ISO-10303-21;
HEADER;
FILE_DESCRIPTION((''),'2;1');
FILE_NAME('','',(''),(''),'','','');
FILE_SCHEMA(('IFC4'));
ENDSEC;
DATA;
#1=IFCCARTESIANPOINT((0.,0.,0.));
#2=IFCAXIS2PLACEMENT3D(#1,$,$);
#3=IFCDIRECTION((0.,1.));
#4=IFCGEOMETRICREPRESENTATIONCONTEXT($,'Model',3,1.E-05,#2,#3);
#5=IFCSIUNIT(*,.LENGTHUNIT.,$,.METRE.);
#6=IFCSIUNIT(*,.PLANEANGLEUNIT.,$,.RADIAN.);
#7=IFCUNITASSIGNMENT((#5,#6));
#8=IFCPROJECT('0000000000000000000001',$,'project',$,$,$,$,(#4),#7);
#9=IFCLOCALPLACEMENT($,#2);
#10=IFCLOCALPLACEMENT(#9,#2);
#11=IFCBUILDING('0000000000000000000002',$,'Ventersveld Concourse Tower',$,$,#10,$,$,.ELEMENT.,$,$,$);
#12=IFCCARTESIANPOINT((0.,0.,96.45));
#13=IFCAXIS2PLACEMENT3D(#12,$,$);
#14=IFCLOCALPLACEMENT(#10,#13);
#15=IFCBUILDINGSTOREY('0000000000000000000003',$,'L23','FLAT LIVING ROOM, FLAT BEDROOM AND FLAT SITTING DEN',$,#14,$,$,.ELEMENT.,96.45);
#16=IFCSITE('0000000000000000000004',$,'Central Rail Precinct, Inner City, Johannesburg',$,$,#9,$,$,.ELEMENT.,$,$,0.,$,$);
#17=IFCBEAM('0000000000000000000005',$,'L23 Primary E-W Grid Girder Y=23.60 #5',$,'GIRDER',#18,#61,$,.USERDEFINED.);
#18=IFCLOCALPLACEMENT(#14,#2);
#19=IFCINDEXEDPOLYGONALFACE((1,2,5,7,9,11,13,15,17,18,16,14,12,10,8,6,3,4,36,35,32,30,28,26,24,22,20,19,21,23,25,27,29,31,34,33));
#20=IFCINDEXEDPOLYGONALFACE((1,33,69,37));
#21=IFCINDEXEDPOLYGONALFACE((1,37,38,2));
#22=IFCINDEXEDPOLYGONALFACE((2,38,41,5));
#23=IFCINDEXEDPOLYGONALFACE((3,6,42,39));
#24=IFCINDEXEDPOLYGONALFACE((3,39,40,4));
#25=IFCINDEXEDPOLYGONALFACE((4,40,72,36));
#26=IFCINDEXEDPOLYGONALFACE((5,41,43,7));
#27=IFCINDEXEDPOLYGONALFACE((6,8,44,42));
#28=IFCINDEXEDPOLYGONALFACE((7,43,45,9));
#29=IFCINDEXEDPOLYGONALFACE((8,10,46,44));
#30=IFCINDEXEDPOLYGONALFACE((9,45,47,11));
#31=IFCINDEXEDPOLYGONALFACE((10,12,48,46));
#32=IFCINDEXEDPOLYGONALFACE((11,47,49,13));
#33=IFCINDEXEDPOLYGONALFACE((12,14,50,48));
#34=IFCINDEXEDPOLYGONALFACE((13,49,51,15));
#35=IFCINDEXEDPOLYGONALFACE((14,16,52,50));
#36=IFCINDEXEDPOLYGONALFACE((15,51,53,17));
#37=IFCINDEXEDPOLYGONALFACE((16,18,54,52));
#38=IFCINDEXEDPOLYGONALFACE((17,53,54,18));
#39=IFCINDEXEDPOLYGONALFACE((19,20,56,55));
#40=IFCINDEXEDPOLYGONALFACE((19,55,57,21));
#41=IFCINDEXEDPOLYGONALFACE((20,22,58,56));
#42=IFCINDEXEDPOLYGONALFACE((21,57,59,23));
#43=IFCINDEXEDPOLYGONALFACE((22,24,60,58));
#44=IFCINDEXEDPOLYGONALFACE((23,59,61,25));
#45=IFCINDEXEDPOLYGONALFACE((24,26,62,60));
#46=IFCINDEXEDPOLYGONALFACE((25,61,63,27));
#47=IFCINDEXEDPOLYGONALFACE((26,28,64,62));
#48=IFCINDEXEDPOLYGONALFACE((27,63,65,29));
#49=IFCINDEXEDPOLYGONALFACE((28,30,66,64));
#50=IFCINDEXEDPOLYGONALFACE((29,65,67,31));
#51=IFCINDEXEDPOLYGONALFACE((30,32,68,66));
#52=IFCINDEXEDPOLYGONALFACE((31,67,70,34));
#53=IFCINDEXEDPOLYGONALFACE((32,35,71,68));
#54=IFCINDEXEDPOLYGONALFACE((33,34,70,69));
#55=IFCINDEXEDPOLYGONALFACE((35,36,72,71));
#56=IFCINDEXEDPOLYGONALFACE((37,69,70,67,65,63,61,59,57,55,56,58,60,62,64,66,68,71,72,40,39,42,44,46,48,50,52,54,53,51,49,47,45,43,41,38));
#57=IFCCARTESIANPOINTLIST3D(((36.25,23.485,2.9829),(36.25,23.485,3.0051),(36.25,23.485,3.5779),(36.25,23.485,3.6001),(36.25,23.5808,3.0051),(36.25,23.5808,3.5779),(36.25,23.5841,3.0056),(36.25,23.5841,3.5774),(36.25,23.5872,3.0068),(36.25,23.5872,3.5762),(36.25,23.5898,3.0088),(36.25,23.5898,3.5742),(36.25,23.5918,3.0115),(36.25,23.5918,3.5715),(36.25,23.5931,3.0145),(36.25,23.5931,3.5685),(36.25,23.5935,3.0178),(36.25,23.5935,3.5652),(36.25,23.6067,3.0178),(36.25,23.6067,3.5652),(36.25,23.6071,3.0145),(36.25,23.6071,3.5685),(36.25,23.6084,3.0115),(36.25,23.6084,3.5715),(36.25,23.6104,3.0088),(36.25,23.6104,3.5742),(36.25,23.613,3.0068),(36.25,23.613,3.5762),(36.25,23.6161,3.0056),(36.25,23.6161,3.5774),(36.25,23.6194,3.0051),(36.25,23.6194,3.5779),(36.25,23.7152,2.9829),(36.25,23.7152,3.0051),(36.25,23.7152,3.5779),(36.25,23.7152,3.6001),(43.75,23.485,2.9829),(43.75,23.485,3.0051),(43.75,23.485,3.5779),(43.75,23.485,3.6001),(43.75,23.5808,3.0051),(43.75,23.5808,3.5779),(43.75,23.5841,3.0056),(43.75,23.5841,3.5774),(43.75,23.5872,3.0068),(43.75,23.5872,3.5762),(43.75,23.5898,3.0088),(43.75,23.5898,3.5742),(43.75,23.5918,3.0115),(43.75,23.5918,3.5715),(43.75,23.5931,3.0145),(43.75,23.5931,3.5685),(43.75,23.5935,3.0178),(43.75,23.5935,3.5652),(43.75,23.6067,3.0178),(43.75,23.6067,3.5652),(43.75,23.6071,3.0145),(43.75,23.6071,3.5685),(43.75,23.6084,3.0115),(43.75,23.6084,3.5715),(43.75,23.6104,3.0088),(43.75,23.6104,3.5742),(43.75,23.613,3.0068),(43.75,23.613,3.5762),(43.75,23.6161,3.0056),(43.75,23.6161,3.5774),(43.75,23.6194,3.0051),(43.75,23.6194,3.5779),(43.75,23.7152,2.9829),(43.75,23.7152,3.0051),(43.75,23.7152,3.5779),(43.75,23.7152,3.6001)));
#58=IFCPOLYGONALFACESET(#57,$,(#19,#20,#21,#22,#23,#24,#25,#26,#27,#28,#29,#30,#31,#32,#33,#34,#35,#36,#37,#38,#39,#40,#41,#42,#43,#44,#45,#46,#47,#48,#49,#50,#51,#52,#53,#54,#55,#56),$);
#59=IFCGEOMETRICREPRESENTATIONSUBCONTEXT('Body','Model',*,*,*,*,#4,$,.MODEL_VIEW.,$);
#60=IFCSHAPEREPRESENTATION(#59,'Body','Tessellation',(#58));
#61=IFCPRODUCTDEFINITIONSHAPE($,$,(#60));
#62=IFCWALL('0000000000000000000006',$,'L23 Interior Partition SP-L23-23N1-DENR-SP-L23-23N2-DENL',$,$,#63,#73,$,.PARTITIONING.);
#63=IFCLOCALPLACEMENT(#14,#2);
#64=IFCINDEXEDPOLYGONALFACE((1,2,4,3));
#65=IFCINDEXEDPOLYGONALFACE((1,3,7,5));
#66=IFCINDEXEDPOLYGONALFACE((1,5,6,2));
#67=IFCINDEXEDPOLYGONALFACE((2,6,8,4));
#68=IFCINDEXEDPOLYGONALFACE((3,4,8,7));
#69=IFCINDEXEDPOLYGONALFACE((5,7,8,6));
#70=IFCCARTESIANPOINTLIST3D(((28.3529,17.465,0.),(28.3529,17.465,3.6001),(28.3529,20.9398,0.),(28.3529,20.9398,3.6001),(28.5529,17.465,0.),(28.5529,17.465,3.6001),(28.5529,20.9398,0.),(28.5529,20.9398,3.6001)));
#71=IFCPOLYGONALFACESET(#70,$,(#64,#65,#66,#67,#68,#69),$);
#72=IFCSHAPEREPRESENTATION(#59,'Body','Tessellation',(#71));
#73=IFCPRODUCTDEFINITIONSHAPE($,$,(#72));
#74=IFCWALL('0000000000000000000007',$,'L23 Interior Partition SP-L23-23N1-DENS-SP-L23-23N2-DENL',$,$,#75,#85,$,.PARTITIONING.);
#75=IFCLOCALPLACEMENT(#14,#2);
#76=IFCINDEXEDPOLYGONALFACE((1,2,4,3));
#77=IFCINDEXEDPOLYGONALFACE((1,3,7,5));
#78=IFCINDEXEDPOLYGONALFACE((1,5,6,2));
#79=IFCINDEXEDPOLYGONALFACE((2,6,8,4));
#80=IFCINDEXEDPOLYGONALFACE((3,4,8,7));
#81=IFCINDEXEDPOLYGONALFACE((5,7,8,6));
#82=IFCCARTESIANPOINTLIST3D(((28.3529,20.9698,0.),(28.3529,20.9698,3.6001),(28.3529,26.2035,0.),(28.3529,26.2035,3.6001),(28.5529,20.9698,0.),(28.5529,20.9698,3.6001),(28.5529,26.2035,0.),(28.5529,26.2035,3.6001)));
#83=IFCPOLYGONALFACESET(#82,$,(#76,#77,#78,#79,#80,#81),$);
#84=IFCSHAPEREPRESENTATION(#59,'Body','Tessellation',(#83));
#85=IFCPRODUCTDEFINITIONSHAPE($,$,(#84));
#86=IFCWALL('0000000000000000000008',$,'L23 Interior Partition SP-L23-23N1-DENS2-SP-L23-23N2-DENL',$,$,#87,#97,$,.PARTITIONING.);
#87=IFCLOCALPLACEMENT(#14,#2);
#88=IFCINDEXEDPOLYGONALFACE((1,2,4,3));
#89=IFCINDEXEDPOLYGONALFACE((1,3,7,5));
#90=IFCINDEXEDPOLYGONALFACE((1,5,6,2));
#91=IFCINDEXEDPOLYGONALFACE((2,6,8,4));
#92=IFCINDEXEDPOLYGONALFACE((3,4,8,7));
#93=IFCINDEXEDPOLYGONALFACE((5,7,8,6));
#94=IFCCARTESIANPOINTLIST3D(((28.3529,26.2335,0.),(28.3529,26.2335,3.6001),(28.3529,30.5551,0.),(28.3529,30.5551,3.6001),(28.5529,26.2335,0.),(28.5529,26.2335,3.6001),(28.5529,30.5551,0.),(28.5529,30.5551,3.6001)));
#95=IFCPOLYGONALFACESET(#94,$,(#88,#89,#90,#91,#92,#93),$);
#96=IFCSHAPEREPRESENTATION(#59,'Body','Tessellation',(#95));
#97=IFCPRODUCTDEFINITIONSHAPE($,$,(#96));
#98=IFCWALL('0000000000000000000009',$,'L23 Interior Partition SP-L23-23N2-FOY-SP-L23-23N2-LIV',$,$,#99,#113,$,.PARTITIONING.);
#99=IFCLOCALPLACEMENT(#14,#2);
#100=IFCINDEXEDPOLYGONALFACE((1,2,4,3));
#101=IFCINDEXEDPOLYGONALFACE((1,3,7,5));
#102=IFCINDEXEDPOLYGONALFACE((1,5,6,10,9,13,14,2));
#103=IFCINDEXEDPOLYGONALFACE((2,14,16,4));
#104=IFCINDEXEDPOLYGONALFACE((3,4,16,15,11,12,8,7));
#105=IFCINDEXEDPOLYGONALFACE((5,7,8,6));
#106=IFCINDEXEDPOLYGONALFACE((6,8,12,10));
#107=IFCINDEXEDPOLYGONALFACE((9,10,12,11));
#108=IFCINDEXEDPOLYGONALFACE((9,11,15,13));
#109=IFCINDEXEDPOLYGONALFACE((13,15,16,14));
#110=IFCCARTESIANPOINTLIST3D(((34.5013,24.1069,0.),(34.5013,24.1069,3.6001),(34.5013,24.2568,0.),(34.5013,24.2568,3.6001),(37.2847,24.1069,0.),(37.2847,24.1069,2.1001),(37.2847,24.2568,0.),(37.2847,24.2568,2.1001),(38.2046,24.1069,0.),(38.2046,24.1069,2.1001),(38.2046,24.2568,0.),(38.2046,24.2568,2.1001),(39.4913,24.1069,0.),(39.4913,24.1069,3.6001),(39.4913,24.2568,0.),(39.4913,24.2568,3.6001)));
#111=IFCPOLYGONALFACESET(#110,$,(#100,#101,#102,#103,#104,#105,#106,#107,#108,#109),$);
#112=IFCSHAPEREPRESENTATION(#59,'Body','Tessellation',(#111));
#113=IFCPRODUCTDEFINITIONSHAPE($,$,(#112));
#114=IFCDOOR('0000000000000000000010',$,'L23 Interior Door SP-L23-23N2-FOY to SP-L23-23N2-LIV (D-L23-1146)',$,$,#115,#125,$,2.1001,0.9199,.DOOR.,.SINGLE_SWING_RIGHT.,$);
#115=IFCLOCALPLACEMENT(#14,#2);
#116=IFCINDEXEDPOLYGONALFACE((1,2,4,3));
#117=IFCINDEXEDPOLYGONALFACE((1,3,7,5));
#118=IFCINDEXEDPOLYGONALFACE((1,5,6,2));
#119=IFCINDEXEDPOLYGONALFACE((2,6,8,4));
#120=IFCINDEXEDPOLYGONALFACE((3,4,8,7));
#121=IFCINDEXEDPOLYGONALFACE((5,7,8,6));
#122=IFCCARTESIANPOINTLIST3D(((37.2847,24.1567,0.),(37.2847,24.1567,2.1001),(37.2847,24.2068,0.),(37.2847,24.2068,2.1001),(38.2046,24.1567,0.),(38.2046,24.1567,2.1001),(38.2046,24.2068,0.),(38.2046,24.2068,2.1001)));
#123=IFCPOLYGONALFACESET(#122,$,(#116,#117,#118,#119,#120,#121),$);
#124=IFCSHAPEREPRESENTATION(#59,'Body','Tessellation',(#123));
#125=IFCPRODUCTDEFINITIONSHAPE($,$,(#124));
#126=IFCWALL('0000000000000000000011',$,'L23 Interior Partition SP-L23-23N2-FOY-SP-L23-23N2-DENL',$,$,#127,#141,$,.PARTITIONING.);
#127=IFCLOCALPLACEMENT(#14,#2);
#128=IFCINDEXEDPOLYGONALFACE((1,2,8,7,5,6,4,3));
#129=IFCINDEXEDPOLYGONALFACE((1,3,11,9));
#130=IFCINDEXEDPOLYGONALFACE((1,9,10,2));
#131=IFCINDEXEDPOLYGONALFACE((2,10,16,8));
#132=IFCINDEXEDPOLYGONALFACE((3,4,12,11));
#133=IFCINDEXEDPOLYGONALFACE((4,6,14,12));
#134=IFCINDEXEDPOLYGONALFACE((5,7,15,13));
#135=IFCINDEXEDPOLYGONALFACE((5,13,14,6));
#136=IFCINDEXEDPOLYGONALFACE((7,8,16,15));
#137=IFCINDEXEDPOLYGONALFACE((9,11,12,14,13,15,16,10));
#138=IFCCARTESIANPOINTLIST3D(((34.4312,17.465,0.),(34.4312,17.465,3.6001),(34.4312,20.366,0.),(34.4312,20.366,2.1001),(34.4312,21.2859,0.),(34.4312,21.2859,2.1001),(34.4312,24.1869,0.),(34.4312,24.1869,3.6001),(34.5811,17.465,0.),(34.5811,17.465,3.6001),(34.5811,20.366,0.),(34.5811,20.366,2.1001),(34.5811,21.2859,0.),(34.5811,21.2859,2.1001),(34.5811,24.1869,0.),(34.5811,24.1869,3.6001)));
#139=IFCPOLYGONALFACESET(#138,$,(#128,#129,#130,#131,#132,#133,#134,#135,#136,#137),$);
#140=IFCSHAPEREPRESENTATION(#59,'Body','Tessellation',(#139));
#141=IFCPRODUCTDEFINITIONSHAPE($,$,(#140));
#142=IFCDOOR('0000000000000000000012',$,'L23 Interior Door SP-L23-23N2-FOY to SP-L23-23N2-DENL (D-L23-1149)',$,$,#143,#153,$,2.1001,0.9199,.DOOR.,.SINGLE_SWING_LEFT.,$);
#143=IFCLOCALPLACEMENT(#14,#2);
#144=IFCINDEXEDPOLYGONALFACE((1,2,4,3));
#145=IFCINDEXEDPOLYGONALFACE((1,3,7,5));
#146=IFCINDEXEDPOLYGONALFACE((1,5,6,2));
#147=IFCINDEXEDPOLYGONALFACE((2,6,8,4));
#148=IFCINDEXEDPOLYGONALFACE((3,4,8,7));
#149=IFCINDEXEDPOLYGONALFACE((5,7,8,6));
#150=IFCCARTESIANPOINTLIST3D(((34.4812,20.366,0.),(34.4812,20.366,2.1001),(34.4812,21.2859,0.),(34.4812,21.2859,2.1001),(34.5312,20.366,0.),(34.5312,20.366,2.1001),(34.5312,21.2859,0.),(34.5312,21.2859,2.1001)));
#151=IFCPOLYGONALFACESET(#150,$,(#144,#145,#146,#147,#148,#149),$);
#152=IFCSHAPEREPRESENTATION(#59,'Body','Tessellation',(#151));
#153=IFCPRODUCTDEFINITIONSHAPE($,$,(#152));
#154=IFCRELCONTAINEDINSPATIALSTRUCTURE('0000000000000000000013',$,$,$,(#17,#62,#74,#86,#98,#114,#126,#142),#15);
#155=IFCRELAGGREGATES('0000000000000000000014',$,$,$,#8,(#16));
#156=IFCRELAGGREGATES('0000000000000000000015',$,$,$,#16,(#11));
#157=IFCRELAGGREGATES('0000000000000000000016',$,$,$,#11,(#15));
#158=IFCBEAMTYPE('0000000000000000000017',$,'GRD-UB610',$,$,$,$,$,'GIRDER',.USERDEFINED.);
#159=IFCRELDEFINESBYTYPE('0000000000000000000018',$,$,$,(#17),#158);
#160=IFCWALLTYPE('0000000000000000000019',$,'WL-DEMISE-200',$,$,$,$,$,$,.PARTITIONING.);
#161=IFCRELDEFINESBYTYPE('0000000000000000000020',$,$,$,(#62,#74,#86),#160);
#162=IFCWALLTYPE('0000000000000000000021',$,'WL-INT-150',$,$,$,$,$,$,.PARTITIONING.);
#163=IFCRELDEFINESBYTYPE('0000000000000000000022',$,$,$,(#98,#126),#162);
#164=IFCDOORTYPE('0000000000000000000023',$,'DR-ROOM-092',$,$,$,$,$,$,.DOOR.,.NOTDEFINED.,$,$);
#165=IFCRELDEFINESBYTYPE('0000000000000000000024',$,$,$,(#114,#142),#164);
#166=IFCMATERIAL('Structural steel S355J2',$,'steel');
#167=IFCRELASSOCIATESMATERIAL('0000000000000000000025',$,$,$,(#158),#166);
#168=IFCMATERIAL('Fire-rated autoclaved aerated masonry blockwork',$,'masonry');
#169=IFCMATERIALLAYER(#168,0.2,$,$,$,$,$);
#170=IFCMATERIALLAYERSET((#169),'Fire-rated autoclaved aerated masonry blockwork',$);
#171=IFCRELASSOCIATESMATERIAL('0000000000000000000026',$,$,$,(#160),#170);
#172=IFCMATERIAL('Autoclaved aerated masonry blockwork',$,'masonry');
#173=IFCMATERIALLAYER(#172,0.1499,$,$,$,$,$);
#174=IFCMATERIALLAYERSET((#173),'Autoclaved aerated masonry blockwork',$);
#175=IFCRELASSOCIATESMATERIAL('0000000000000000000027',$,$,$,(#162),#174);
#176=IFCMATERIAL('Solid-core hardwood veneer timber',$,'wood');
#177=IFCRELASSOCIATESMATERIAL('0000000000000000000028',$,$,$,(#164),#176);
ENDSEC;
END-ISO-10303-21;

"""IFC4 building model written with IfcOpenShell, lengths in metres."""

from ifc_helpers import new_model, si_unit, direction, frame, frame_2d, origin, origin_2d, place, context, subcontext, project, spatial, rectangle, i_section, extrude, material, layer, layer_set, material_profile, profile_set, type_object, element, fill, save


model = new_model("IFC4")

# Units and contexts
model_context = context("Model", 3, precision=1e-05, world=origin(), true_north=direction((0.0, 1.0)))
body_context = subcontext(model_context, "Body", "Model", "MODEL_VIEW")
ifc_project = project(units=[si_unit("LENGTHUNIT", "METRE"), si_unit("PLANEANGLEUNIT", "RADIAN")], contexts=[model_context])

# Site, building, storey
site_placement = place(None, origin())
site = spatial("IfcSite", under=ifc_project, at=site_placement, Name="Central Rail Precinct, Inner City, Johannesburg", CompositionType="ELEMENT", RefElevation=0.0)
building_placement = place(site_placement, origin())
building = spatial("IfcBuilding", under=site, at=building_placement, Name="Ventersveld Concourse Tower", CompositionType="ELEMENT")
storey_placement = place(building_placement, frame((0.0, 0.0, 96.45)))
storey = spatial("IfcBuildingStorey", under=building, at=storey_placement, Name="L23", Description="FLAT LIVING ROOM, FLAT BEDROOM AND FLAT SITTING DEN", CompositionType="ELEMENT", Elevation=96.45)

# Beam
ifc_material_1 = material(Name="Structural steel S355J2", Category="steel")
ifc_material_profile_1 = material_profile(ifc_material_1, i_section(OverallWidth=0.2302, OverallDepth=0.6172, WebThickness=0.0132, FlangeThickness=0.0222, FilletRadius=0.0127, at=origin_2d()), Name="UB 610x229x140")
ifc_profile_set_1 = profile_set([ifc_material_profile_1], Name="Structural steel S355J2")
beam_type_1 = type_object("IfcBeamType", Name="GRD-UB610", ElementType="GIRDER", PredefinedType="USERDEFINED", material=ifc_profile_set_1)
for number, where, z_axis, x_axis, name in (
    (1, (36.25, 23.6001, 3.2915), (1.0, 0.0, 0.0), (0.0, 1.0, 0.0), "L23 Primary E-W Grid Girder Y=23.60 #5"),
):
    element("IfcBeam", number, at=place(storey_placement, frame(where, z_axis=z_axis, x_axis=x_axis)), inside=storey, type_object=beam_type_1, Name=name, ObjectType="GIRDER", PredefinedType="USERDEFINED", context=body_context, shape_type="SweptSolid", body=[
        extrude(i_section(OverallWidth=0.2302, OverallDepth=0.6172, WebThickness=0.0132, FlangeThickness=0.0222, FilletRadius=0.0127, at=origin_2d()), origin(), (0.0, 0.0, 1.0), 7.5),
    ])

# Walls
ifc_material_2 = material(Name="Fire-rated autoclaved aerated masonry blockwork", Category="masonry")
ifc_layer_1 = layer(ifc_material_2, 0.2)
ifc_layer_set_1 = layer_set([ifc_layer_1], Name="Fire-rated autoclaved aerated masonry blockwork")
wall_type_1 = type_object("IfcWallType", Name="WL-DEMISE-200", PredefinedType="PARTITIONING", material=ifc_layer_set_1)
wall_1_placement = place(storey_placement, frame((28.4529, 17.4651, 0.0), z_axis=(0.0, 0.0, 1.0), x_axis=(0.0, 1.0, 0.0)))
element("IfcWall", 2, at=wall_1_placement, inside=storey, type_object=wall_type_1, Name="L23 Interior Partition SP-L23-23N1-DENR-SP-L23-23N2-DENL", PredefinedType="PARTITIONING", context=body_context, shape_type="SweptSolid", body=[
    extrude(rectangle(XDim=3.4749, YDim=0.2, at=frame_2d((1.7373, 0.0))), origin(), (0.0, 0.0, 1.0), 3.6001),
])
wall_2_placement = place(storey_placement, frame((28.4529, 20.97, 0.0), z_axis=(0.0, 0.0, 1.0), x_axis=(0.0, 1.0, 0.0)))
element("IfcWall", 3, at=wall_2_placement, inside=storey, type_object=wall_type_1, Name="L23 Interior Partition SP-L23-23N1-DENS-SP-L23-23N2-DENL", PredefinedType="PARTITIONING", context=body_context, shape_type="SweptSolid", body=[
    extrude(rectangle(XDim=5.2336, YDim=0.2, at=frame_2d((2.6167, 0.0))), origin(), (0.0, 0.0, 1.0), 3.6001),
])
wall_3_placement = place(storey_placement, frame((28.4529, 26.2336, 0.0), z_axis=(0.0, 0.0, 1.0), x_axis=(0.0, 1.0, 0.0)))
element("IfcWall", 4, at=wall_3_placement, inside=storey, type_object=wall_type_1, Name="L23 Interior Partition SP-L23-23N1-DENS2-SP-L23-23N2-DENL", PredefinedType="PARTITIONING", context=body_context, shape_type="SweptSolid", body=[
    extrude(rectangle(XDim=4.3215, YDim=0.2, at=frame_2d((2.1606, 0.0))), origin(), (0.0, 0.0, 1.0), 3.6001),
])

# Walls, openings, doors
ifc_material_3 = material(Name="Autoclaved aerated masonry blockwork", Category="masonry")
ifc_layer_2 = layer(ifc_material_3, 0.1499)
ifc_layer_set_2 = layer_set([ifc_layer_2], Name="Autoclaved aerated masonry blockwork")
wall_type_2 = type_object("IfcWallType", Name="WL-INT-150", PredefinedType="PARTITIONING", material=ifc_layer_set_2)
wall_4_placement = place(storey_placement, frame((34.5012, 24.1819, 0.0), z_axis=(0.0, 0.0, 1.0), x_axis=(1.0, 0.0, 0.0)))
wall_4 = element("IfcWall", 5, at=wall_4_placement, inside=storey, type_object=wall_type_2, Name="L23 Interior Partition SP-L23-23N2-FOY-SP-L23-23N2-LIV", PredefinedType="PARTITIONING", context=body_context, shape_type="SweptSolid", body=[
    extrude(rectangle(XDim=4.99, YDim=0.1499, at=frame_2d((2.4951, 0.0))), origin(), (0.0, 0.0, 1.0), 3.6001),
])
opening_1_placement = place(wall_4_placement, frame((2.7834, 0.0, 0.0)))
opening_1 = element("IfcOpeningElement", 6, at=opening_1_placement, cuts=wall_4, PredefinedType="OPENING", context=body_context, shape_type="SweptSolid", body=[
    extrude(rectangle(XDim=0.9199, YDim=2.1001, at=frame_2d((0.46, 1.05))), frame((0.0, 0.085, 0.0), z_axis=(0.0, -1.0, 0.0), x_axis=(1.0, 0.0, 0.0)), (0.0, 0.0, 1.0), 0.1699),
])
ifc_material_4 = material(Name="Solid-core hardwood veneer timber", Category="wood")
door_type = type_object("IfcDoorType", Name="DR-ROOM-092", OperationType="NOTDEFINED", PredefinedType="DOOR", material=ifc_material_4)
door_1_placement = place(opening_1_placement, origin())
door_1 = element("IfcDoor", 7, at=door_1_placement, inside=storey, type_object=door_type, Name="L23 Interior Door SP-L23-23N2-FOY to SP-L23-23N2-LIV (D-L23-1146)", OperationType="SINGLE_SWING_RIGHT", OverallHeight=2.1001, OverallWidth=0.9199, PredefinedType="DOOR", context=body_context, shape_type="SweptSolid", body=[
    extrude(rectangle(XDim=0.9199, YDim=2.1001, at=frame_2d((0.46, 1.05))), frame((0.0, 0.0249, 0.0), z_axis=(0.0, -1.0, 0.0), x_axis=(1.0, 0.0, 0.0)), (0.0, 0.0, 1.0), 0.05),
])
fill(opening_1, door_1)
wall_5_placement = place(storey_placement, frame((34.5061, 17.4651, 0.0), z_axis=(0.0, 0.0, 1.0), x_axis=(0.0, 1.0, 0.0)))
wall_5 = element("IfcWall", 8, at=wall_5_placement, inside=storey, type_object=wall_type_2, Name="L23 Interior Partition SP-L23-23N2-FOY-SP-L23-23N2-DENL", PredefinedType="PARTITIONING", context=body_context, shape_type="SweptSolid", body=[
    extrude(rectangle(XDim=6.7219, YDim=0.1499, at=frame_2d((3.3608, 0.0))), origin(), (0.0, 0.0, 1.0), 3.6001),
])
opening_2_placement = place(wall_5_placement, frame((2.9009, 0.0, 0.0)))
opening_2 = element("IfcOpeningElement", 9, at=opening_2_placement, cuts=wall_5, PredefinedType="OPENING", context=body_context, shape_type="SweptSolid", body=[
    extrude(rectangle(XDim=0.9199, YDim=2.1001, at=frame_2d((0.46, 1.05))), frame((0.0, 0.085, 0.0), z_axis=(0.0, -1.0, 0.0), x_axis=(1.0, 0.0, 0.0)), (0.0, 0.0, 1.0), 0.1699),
])
door_2_placement = place(opening_2_placement, origin())
door_2 = element("IfcDoor", 10, at=door_2_placement, inside=storey, type_object=door_type, Name="L23 Interior Door SP-L23-23N2-FOY to SP-L23-23N2-DENL (D-L23-1149)", OperationType="SINGLE_SWING_LEFT", OverallHeight=2.1001, OverallWidth=0.9199, PredefinedType="DOOR", context=body_context, shape_type="SweptSolid", body=[
    extrude(rectangle(XDim=0.9199, YDim=2.1001, at=frame_2d((0.46, 1.05))), frame((0.0, 0.0249, 0.0), z_axis=(0.0, -1.0, 0.0), x_axis=(1.0, 0.0, 0.0)), (0.0, 0.0, 1.0), 0.05),
])
fill(opening_2, door_2)

save(model, "model.ifc")
